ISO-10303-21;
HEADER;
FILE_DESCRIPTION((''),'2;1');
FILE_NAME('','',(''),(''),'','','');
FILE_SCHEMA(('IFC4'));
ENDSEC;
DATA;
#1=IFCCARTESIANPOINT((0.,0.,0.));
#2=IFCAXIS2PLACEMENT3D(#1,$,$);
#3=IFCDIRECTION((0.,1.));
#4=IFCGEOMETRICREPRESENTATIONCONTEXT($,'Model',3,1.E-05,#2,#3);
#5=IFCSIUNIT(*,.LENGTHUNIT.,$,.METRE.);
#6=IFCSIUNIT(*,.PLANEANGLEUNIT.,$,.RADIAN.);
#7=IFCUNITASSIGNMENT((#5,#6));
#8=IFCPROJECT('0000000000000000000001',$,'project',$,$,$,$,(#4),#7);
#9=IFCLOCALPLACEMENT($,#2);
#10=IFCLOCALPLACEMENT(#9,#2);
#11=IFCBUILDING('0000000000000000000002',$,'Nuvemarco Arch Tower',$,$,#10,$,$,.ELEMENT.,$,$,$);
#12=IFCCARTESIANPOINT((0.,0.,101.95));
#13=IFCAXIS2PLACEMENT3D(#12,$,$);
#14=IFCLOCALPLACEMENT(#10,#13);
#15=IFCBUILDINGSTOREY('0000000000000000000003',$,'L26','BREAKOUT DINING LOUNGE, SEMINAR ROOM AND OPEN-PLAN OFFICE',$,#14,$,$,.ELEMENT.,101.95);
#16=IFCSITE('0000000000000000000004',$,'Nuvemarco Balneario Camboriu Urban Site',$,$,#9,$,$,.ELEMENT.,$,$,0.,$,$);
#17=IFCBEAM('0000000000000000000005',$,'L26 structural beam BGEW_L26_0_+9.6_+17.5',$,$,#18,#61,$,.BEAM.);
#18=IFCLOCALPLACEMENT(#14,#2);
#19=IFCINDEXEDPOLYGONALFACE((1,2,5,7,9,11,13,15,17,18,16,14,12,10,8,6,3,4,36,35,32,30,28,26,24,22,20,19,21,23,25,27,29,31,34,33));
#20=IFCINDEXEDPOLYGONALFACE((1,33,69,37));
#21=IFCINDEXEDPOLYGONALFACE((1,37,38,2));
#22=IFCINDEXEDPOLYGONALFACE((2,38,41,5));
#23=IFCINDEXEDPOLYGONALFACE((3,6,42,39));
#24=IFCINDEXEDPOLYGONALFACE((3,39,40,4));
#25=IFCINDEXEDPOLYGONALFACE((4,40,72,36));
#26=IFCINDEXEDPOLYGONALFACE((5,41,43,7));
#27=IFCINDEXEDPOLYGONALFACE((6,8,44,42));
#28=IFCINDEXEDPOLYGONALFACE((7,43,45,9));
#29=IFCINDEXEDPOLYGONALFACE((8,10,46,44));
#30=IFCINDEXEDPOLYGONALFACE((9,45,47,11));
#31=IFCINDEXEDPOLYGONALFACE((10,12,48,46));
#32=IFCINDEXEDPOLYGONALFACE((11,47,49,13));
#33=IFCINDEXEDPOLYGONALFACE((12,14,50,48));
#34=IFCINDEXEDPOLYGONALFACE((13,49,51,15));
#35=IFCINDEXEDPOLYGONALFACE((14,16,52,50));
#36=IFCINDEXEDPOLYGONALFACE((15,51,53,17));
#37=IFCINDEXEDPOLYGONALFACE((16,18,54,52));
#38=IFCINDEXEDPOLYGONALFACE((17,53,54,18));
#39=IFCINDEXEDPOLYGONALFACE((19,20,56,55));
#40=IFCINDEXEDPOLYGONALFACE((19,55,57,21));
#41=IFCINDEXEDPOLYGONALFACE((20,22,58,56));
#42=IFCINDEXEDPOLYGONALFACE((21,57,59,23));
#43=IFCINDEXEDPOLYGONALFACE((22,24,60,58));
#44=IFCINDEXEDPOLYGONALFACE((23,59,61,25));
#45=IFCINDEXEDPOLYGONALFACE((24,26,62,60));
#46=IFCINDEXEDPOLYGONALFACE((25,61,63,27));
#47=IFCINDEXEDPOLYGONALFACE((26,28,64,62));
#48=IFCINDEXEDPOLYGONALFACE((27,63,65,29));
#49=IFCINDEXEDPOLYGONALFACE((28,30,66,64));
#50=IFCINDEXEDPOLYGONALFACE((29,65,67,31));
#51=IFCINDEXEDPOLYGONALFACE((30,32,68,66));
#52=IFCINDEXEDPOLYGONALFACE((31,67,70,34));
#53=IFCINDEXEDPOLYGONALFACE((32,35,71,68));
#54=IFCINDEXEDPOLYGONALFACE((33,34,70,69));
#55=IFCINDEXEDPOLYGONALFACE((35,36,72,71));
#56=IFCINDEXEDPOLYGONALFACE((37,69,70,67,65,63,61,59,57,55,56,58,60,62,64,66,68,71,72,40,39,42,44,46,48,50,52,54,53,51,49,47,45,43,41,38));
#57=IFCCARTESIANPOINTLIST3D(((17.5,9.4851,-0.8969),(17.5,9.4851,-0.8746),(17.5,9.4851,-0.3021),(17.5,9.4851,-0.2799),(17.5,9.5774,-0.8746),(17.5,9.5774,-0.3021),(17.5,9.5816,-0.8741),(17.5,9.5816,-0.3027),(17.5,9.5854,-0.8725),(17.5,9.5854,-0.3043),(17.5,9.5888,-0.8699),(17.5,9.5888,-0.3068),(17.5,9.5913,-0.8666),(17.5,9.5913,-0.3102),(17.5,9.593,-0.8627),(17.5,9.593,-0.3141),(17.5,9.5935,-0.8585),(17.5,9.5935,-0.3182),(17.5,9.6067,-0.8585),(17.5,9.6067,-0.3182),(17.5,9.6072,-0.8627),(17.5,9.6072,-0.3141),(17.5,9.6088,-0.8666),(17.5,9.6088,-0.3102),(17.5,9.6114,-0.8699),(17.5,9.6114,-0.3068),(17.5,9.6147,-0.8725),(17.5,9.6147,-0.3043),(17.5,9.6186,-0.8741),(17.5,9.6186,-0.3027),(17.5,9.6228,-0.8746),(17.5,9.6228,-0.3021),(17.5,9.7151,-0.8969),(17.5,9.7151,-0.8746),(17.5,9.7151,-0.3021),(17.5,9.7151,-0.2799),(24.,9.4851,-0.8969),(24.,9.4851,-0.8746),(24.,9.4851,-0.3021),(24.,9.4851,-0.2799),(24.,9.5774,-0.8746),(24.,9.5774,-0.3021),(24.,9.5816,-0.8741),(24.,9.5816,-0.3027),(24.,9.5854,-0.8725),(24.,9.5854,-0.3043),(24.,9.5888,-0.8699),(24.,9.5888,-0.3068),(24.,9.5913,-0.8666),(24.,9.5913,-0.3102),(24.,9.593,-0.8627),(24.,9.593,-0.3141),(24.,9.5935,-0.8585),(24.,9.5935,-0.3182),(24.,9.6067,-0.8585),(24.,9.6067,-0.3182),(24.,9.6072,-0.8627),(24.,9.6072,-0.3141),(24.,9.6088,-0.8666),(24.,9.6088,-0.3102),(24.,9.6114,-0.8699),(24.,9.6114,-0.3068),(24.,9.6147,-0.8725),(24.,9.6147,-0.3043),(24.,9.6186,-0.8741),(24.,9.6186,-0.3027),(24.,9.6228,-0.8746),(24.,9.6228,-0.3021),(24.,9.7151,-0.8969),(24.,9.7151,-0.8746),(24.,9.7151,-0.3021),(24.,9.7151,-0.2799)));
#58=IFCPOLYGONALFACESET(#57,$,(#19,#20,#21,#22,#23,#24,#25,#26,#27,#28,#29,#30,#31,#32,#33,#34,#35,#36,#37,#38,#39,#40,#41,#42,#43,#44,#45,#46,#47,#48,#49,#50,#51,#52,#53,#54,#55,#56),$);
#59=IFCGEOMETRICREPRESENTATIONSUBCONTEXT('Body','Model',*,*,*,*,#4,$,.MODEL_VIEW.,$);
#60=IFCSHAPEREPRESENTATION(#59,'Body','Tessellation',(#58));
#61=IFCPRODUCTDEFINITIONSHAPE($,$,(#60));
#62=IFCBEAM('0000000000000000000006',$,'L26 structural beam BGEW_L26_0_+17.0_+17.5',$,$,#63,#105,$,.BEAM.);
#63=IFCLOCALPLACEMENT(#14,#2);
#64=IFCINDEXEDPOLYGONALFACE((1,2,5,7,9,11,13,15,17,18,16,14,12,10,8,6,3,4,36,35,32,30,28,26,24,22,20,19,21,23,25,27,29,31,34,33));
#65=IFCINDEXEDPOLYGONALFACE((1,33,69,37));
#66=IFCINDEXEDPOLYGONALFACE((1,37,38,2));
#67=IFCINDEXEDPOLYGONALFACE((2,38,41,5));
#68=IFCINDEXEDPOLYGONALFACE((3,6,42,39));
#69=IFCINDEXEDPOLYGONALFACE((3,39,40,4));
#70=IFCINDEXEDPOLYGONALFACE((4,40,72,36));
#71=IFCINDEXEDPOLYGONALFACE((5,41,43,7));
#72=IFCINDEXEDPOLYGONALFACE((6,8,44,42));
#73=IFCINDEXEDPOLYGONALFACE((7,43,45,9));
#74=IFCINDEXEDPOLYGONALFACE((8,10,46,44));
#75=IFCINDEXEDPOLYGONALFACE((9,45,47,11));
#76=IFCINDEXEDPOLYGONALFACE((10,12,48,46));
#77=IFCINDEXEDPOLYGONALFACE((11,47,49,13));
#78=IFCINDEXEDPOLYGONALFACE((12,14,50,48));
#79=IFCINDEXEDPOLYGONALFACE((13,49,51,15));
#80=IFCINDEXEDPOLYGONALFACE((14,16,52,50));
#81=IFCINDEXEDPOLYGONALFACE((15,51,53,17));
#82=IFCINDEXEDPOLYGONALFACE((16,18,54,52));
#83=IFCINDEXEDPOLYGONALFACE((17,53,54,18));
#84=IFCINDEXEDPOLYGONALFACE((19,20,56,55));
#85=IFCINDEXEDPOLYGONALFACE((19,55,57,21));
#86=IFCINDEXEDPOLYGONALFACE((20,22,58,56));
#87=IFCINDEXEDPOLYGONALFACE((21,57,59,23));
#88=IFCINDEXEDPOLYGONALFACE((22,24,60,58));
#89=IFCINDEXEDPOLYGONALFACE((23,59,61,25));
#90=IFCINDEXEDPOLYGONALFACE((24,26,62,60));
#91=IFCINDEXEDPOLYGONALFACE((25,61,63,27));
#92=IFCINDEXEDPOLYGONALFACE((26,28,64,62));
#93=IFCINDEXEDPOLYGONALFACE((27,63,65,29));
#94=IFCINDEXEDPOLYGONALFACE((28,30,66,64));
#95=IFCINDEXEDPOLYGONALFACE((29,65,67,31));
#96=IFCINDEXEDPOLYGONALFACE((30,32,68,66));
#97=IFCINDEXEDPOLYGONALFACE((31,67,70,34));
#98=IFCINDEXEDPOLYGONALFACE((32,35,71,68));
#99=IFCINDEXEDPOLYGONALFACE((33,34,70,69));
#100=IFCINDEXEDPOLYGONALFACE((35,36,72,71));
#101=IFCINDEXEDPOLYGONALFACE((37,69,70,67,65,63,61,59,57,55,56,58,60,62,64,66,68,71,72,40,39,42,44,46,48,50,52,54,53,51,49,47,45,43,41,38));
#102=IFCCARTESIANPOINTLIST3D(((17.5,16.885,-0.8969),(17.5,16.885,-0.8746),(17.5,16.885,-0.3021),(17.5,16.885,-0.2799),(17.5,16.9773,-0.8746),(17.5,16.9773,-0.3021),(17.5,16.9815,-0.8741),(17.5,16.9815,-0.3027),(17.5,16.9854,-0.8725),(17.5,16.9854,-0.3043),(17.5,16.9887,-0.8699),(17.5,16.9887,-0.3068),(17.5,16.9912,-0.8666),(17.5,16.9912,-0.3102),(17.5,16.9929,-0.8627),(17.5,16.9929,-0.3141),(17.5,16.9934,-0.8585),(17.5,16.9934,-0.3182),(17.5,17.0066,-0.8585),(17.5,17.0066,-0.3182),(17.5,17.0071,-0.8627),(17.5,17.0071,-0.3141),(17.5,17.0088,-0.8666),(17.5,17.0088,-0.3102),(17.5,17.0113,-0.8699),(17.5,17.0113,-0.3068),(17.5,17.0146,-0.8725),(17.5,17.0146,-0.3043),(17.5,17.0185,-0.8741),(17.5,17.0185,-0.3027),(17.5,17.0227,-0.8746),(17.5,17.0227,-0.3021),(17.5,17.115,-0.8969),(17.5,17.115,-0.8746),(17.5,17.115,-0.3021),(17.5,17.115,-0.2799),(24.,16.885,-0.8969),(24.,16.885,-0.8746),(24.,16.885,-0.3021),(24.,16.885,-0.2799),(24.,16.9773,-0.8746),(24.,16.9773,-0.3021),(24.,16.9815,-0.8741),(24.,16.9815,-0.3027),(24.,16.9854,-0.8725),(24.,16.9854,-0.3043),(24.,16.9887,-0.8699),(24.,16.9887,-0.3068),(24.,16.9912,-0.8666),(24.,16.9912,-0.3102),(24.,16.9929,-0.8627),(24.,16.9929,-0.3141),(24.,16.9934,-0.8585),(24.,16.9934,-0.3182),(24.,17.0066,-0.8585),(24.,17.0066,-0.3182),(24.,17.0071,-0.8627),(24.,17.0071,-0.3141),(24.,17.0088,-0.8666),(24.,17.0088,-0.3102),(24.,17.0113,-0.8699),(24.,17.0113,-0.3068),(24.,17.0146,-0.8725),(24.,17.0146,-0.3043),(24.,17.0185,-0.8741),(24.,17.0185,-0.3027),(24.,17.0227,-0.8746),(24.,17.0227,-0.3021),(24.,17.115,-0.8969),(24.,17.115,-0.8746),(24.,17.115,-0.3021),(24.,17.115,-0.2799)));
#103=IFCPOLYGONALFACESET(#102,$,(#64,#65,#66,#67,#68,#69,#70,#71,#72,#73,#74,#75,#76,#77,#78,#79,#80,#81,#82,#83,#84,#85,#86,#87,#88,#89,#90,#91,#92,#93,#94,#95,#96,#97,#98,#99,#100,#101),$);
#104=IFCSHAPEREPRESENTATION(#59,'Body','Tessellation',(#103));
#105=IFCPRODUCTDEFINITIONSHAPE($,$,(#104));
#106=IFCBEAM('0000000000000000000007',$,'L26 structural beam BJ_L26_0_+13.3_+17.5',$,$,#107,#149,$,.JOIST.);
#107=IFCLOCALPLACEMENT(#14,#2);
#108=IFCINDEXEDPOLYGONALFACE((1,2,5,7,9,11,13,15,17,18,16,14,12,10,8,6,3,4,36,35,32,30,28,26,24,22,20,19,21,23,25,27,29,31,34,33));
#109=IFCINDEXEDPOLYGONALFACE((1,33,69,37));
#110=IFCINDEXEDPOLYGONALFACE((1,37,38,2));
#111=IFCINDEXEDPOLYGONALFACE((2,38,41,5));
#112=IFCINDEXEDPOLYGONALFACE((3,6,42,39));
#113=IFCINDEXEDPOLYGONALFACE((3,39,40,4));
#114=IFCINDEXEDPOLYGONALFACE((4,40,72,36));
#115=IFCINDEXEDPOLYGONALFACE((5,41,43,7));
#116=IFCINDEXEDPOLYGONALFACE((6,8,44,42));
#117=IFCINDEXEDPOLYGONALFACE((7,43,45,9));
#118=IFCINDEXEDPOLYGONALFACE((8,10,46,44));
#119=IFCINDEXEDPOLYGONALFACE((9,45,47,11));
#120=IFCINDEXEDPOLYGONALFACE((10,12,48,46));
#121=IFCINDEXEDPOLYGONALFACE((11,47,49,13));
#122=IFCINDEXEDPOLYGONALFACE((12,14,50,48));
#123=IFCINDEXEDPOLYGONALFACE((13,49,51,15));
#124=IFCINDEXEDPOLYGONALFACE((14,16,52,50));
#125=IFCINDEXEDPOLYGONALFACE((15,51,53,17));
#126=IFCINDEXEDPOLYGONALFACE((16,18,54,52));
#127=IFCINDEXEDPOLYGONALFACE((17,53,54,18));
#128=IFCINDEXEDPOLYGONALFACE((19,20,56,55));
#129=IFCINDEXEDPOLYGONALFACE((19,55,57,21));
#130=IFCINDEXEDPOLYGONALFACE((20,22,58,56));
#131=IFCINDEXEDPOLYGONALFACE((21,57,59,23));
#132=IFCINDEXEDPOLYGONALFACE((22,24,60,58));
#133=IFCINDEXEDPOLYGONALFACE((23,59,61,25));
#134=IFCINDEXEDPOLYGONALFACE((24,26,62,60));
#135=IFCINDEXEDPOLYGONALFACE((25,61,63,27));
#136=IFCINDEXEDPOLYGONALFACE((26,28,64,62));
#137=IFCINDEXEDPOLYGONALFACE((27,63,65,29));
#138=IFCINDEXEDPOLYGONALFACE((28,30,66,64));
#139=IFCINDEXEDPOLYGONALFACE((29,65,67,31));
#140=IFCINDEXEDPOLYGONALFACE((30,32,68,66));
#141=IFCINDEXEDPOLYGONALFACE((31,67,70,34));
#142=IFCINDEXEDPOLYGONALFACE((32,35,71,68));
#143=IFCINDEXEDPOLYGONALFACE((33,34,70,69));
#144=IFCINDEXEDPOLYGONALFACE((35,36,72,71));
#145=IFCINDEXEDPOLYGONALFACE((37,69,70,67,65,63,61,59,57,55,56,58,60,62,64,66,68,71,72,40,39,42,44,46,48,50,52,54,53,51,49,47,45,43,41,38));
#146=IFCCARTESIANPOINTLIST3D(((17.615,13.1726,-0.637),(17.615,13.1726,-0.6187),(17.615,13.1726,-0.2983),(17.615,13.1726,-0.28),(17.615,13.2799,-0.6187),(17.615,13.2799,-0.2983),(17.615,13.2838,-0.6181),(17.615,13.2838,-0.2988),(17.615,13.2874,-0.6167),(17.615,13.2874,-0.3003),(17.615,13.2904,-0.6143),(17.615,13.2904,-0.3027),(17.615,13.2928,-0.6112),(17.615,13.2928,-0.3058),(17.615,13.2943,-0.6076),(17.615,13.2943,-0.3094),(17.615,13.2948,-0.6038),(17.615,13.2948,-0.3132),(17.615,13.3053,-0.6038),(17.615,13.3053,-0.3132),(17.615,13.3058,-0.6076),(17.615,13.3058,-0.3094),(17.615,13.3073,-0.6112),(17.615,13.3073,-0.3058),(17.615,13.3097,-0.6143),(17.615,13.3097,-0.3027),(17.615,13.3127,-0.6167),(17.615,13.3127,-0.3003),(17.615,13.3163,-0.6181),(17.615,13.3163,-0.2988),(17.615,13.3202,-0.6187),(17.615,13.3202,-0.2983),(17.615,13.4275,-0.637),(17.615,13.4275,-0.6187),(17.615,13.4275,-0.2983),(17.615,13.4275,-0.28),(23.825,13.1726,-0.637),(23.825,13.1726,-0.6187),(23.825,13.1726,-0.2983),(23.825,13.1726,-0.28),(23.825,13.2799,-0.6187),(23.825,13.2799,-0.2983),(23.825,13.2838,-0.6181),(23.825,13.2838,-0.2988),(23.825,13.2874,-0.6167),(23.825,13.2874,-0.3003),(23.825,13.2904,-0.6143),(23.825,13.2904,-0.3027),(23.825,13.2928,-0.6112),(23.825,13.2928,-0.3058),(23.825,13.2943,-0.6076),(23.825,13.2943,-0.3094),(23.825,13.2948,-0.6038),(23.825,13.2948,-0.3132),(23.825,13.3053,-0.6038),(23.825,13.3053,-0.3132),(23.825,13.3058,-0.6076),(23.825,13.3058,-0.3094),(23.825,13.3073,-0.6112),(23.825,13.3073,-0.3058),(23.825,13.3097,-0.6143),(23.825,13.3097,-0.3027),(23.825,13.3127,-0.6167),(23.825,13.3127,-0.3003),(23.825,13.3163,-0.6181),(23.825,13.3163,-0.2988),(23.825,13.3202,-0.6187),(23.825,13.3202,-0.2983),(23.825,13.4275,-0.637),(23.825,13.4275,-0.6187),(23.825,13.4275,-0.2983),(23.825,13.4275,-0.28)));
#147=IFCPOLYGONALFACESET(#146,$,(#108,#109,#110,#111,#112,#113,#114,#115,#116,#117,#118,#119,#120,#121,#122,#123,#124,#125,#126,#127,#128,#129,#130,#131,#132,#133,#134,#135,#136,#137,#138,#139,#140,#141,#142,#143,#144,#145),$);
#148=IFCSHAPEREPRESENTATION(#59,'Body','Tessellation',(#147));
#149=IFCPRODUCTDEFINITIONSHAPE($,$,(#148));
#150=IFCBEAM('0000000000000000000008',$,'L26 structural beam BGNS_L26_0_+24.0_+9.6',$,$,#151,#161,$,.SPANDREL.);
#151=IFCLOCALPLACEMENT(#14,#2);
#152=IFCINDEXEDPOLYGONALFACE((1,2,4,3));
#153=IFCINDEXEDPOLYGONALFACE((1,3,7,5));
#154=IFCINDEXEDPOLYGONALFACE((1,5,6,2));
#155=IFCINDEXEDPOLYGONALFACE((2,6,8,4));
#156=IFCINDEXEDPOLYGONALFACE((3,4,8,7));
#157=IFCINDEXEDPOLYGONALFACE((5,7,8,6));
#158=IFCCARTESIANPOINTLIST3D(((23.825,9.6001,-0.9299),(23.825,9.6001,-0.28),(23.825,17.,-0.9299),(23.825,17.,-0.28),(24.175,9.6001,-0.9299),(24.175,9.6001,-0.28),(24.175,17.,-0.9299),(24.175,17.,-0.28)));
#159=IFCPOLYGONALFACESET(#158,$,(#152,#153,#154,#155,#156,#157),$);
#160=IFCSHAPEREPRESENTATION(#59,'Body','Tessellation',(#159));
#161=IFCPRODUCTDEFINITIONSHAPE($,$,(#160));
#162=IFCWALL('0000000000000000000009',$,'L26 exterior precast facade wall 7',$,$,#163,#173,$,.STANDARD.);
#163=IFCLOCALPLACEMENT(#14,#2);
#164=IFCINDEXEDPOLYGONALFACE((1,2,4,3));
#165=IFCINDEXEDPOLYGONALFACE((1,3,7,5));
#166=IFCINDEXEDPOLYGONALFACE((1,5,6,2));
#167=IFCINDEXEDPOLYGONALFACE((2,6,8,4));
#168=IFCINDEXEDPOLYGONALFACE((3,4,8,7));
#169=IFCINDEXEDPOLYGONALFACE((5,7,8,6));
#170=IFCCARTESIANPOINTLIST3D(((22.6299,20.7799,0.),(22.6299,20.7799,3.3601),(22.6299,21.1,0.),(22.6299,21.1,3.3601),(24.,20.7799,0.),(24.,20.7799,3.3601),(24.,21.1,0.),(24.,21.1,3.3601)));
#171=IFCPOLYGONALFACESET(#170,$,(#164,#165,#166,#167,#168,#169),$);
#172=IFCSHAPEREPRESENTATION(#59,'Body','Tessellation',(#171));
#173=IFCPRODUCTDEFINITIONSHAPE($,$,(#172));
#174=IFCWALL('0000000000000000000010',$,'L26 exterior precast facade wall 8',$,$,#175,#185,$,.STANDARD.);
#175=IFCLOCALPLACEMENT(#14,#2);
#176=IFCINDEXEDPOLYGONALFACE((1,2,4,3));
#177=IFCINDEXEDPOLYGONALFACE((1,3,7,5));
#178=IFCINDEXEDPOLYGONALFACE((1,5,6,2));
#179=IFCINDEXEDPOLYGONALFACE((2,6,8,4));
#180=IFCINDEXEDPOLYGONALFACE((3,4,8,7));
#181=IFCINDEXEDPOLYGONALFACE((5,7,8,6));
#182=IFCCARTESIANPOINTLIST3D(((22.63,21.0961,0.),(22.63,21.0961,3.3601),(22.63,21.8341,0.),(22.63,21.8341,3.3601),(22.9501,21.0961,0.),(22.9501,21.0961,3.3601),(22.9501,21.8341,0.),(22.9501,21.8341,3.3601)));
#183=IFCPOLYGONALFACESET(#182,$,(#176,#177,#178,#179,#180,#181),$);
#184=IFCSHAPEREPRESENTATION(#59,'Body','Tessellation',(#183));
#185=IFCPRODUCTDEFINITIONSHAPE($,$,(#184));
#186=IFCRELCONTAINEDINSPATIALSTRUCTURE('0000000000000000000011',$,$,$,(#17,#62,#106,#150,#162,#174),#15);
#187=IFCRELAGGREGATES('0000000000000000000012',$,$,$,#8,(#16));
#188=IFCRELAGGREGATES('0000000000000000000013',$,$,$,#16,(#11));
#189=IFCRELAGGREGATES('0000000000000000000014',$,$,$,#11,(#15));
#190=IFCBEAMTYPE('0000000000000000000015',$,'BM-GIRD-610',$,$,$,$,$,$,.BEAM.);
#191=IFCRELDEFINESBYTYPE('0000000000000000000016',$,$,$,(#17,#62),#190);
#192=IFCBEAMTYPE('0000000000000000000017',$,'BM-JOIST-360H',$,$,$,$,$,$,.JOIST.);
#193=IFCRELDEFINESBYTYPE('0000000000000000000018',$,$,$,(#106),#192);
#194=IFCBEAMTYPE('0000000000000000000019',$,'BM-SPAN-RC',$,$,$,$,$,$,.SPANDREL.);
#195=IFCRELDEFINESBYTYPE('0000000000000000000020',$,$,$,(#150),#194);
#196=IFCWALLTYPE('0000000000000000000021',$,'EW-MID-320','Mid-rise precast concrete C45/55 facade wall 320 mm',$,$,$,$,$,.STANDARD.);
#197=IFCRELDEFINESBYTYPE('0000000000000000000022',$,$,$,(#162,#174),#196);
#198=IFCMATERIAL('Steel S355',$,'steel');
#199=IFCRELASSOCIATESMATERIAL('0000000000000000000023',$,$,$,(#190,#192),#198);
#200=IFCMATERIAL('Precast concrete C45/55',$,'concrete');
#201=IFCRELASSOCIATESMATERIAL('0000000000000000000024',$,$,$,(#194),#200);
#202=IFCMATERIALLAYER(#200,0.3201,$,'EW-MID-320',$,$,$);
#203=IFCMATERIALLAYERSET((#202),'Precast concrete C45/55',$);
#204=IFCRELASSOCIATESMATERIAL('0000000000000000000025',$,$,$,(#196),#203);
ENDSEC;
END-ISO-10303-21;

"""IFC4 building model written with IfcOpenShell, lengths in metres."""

from ifc_helpers import new_model, si_unit, direction, frame, frame_2d, origin, origin_2d, place, context, subcontext, project, spatial, rectangle, i_section, extrude, material, layer, layer_set, material_profile, profile_set, type_object, element, save


model = new_model("IFC4")

# Units and contexts
model_context = context("Model", 3, precision=1e-05, world=origin(), true_north=direction((0.0, 1.0)))
body_context = subcontext(model_context, "Body", "Model", "MODEL_VIEW")
ifc_project = project(units=[si_unit("LENGTHUNIT", "METRE"), si_unit("PLANEANGLEUNIT", "RADIAN")], contexts=[model_context])

# Site, building, storey
site_placement = place(None, origin())
site = spatial("IfcSite", under=ifc_project, at=site_placement, Name="Nuvemarco Balneario Camboriu Urban Site", CompositionType="ELEMENT", RefElevation=0.0)
building_placement = place(site_placement, origin())
building = spatial("IfcBuilding", under=site, at=building_placement, Name="Nuvemarco Arch Tower", CompositionType="ELEMENT")
storey_placement = place(building_placement, frame((0.0, 0.0, 101.95)))
storey = spatial("IfcBuildingStorey", under=building, at=storey_placement, Name="L26", Description="BREAKOUT DINING LOUNGE, SEMINAR ROOM AND OPEN-PLAN OFFICE", CompositionType="ELEMENT", Elevation=101.95)

# Shared definitions
ifc_material_1 = material(Name="Steel S355", Category="steel")

# Beams
ifc_material_profile_1 = material_profile(ifc_material_1, i_section(OverallWidth=0.23, OverallDepth=0.6169, WebThickness=0.0132, FlangeThickness=0.0222, FilletRadius=0.0161, at=origin_2d()), Name="W610x140")
ifc_profile_set_1 = profile_set([ifc_material_profile_1], Name="Steel S355")
beam_type_1 = type_object("IfcBeamType", Name="BM-GIRD-610", PredefinedType="BEAM", material=ifc_profile_set_1)
for number, where, z_axis, x_axis, name in (
    (1, (17.5, 9.6001, -0.5884), (1.0, 0.0, 0.0), (0.0, 1.0, 0.0), "L26 structural beam BGEW_L26_0_+9.6_+17.5"),
    (2, (17.5, 17.0, -0.5884), (1.0, 0.0, 0.0), (0.0, 1.0, 0.0), "L26 structural beam BGEW_L26_0_+17.0_+17.5"),
):
    element("IfcBeam", number, at=place(storey_placement, frame(where, z_axis=z_axis, x_axis=x_axis)), inside=storey, type_object=beam_type_1, Name=name, PredefinedType="BEAM", context=body_context, shape_type="SweptSolid", body=[
        extrude(i_section(OverallWidth=0.23, OverallDepth=0.6169, WebThickness=0.0132, FlangeThickness=0.0222, FilletRadius=0.0161, at=origin_2d()), origin(), (0.0, 0.0, 1.0), 6.5),
    ])
ifc_material_profile_2 = material_profile(ifc_material_1, i_section(OverallWidth=0.2549, OverallDepth=0.3569, WebThickness=0.0105, FlangeThickness=0.0183, FilletRadius=0.0149, at=origin_2d()), Name="W360x101")
ifc_profile_set_2 = profile_set([ifc_material_profile_2], Name="Steel S355")
beam_type_2 = type_object("IfcBeamType", Name="BM-JOIST-360H", PredefinedType="JOIST", material=ifc_profile_set_2)
beam_1_placement = place(storey_placement, frame((17.615, 13.3, -0.4585), z_axis=(1.0, 0.0, 0.0), x_axis=(0.0, 1.0, 0.0)))
element("IfcBeam", 3, at=beam_1_placement, inside=storey, type_object=beam_type_2, Name="L26 structural beam BJ_L26_0_+13.3_+17.5", PredefinedType="JOIST", context=body_context, shape_type="SweptSolid", body=[
    extrude(i_section(OverallWidth=0.2549, OverallDepth=0.3569, WebThickness=0.0105, FlangeThickness=0.0183, FilletRadius=0.0149, at=origin_2d()), origin(), (0.0, 0.0, 1.0), 6.21),
])
ifc_material_2 = material(Name="Precast concrete C45/55", Category="concrete")
ifc_material_profile_3 = material_profile(ifc_material_2, rectangle(XDim=0.3501, YDim=0.6499, at=origin_2d()), Name="PC-SP-350x650")
ifc_profile_set_3 = profile_set([ifc_material_profile_3], Name="Precast concrete C45/55")
beam_type_3 = type_object("IfcBeamType", Name="BM-SPAN-RC", PredefinedType="SPANDREL", material=ifc_profile_set_3)
beam_2_placement = place(storey_placement, frame((24.0, 9.6001, -0.605), z_axis=(0.0, 1.0, 0.0), x_axis=(-1.0, 0.0, 0.0)))
element("IfcBeam", 4, at=beam_2_placement, inside=storey, type_object=beam_type_3, Name="L26 structural beam BGNS_L26_0_+24.0_+9.6", PredefinedType="SPANDREL", context=body_context, shape_type="SweptSolid", body=[
    extrude(rectangle(XDim=0.3501, YDim=0.6499, at=origin_2d()), origin(), (0.0, 0.0, 1.0), 7.3999),
])

# Walls
ifc_layer_1 = layer(ifc_material_2, 0.3201, Name="EW-MID-320")
ifc_layer_set_1 = layer_set([ifc_layer_1], Name="Precast concrete C45/55")
wall_type_1 = type_object("IfcWallType", Name="EW-MID-320", Description="Mid-rise precast concrete C45/55 facade wall 320 mm", PredefinedType="STANDARD", material=ifc_layer_set_1)
wall_1_placement = place(storey_placement, frame((22.6299, 20.9399, 0.0), z_axis=(0.0, 0.0, 1.0), x_axis=(1.0, 0.0, 0.0)))
element("IfcWall", 5, at=wall_1_placement, inside=storey, type_object=wall_type_1, Name="L26 exterior precast facade wall 7", PredefinedType="STANDARD", context=body_context, shape_type="SweptSolid", body=[
    extrude(rectangle(XDim=1.3701, YDim=0.3201, at=frame_2d((0.6851, 0.0))), origin(), (0.0, 0.0, 1.0), 3.3601),
])
wall_2_placement = place(storey_placement, frame((22.79, 21.0959, 0.0), z_axis=(0.0, 0.0, 1.0), x_axis=(0.0, 1.0, 0.0)))
element("IfcWall", 6, at=wall_2_placement, inside=storey, type_object=wall_type_1, Name="L26 exterior precast facade wall 8", PredefinedType="STANDARD", context=body_context, shape_type="SweptSolid", body=[
    extrude(rectangle(XDim=0.738, YDim=0.3201, at=frame_2d((0.3691, 0.0))), origin(), (0.0, 0.0, 1.0), 3.3601),
])

save(model, "model.ifc")
